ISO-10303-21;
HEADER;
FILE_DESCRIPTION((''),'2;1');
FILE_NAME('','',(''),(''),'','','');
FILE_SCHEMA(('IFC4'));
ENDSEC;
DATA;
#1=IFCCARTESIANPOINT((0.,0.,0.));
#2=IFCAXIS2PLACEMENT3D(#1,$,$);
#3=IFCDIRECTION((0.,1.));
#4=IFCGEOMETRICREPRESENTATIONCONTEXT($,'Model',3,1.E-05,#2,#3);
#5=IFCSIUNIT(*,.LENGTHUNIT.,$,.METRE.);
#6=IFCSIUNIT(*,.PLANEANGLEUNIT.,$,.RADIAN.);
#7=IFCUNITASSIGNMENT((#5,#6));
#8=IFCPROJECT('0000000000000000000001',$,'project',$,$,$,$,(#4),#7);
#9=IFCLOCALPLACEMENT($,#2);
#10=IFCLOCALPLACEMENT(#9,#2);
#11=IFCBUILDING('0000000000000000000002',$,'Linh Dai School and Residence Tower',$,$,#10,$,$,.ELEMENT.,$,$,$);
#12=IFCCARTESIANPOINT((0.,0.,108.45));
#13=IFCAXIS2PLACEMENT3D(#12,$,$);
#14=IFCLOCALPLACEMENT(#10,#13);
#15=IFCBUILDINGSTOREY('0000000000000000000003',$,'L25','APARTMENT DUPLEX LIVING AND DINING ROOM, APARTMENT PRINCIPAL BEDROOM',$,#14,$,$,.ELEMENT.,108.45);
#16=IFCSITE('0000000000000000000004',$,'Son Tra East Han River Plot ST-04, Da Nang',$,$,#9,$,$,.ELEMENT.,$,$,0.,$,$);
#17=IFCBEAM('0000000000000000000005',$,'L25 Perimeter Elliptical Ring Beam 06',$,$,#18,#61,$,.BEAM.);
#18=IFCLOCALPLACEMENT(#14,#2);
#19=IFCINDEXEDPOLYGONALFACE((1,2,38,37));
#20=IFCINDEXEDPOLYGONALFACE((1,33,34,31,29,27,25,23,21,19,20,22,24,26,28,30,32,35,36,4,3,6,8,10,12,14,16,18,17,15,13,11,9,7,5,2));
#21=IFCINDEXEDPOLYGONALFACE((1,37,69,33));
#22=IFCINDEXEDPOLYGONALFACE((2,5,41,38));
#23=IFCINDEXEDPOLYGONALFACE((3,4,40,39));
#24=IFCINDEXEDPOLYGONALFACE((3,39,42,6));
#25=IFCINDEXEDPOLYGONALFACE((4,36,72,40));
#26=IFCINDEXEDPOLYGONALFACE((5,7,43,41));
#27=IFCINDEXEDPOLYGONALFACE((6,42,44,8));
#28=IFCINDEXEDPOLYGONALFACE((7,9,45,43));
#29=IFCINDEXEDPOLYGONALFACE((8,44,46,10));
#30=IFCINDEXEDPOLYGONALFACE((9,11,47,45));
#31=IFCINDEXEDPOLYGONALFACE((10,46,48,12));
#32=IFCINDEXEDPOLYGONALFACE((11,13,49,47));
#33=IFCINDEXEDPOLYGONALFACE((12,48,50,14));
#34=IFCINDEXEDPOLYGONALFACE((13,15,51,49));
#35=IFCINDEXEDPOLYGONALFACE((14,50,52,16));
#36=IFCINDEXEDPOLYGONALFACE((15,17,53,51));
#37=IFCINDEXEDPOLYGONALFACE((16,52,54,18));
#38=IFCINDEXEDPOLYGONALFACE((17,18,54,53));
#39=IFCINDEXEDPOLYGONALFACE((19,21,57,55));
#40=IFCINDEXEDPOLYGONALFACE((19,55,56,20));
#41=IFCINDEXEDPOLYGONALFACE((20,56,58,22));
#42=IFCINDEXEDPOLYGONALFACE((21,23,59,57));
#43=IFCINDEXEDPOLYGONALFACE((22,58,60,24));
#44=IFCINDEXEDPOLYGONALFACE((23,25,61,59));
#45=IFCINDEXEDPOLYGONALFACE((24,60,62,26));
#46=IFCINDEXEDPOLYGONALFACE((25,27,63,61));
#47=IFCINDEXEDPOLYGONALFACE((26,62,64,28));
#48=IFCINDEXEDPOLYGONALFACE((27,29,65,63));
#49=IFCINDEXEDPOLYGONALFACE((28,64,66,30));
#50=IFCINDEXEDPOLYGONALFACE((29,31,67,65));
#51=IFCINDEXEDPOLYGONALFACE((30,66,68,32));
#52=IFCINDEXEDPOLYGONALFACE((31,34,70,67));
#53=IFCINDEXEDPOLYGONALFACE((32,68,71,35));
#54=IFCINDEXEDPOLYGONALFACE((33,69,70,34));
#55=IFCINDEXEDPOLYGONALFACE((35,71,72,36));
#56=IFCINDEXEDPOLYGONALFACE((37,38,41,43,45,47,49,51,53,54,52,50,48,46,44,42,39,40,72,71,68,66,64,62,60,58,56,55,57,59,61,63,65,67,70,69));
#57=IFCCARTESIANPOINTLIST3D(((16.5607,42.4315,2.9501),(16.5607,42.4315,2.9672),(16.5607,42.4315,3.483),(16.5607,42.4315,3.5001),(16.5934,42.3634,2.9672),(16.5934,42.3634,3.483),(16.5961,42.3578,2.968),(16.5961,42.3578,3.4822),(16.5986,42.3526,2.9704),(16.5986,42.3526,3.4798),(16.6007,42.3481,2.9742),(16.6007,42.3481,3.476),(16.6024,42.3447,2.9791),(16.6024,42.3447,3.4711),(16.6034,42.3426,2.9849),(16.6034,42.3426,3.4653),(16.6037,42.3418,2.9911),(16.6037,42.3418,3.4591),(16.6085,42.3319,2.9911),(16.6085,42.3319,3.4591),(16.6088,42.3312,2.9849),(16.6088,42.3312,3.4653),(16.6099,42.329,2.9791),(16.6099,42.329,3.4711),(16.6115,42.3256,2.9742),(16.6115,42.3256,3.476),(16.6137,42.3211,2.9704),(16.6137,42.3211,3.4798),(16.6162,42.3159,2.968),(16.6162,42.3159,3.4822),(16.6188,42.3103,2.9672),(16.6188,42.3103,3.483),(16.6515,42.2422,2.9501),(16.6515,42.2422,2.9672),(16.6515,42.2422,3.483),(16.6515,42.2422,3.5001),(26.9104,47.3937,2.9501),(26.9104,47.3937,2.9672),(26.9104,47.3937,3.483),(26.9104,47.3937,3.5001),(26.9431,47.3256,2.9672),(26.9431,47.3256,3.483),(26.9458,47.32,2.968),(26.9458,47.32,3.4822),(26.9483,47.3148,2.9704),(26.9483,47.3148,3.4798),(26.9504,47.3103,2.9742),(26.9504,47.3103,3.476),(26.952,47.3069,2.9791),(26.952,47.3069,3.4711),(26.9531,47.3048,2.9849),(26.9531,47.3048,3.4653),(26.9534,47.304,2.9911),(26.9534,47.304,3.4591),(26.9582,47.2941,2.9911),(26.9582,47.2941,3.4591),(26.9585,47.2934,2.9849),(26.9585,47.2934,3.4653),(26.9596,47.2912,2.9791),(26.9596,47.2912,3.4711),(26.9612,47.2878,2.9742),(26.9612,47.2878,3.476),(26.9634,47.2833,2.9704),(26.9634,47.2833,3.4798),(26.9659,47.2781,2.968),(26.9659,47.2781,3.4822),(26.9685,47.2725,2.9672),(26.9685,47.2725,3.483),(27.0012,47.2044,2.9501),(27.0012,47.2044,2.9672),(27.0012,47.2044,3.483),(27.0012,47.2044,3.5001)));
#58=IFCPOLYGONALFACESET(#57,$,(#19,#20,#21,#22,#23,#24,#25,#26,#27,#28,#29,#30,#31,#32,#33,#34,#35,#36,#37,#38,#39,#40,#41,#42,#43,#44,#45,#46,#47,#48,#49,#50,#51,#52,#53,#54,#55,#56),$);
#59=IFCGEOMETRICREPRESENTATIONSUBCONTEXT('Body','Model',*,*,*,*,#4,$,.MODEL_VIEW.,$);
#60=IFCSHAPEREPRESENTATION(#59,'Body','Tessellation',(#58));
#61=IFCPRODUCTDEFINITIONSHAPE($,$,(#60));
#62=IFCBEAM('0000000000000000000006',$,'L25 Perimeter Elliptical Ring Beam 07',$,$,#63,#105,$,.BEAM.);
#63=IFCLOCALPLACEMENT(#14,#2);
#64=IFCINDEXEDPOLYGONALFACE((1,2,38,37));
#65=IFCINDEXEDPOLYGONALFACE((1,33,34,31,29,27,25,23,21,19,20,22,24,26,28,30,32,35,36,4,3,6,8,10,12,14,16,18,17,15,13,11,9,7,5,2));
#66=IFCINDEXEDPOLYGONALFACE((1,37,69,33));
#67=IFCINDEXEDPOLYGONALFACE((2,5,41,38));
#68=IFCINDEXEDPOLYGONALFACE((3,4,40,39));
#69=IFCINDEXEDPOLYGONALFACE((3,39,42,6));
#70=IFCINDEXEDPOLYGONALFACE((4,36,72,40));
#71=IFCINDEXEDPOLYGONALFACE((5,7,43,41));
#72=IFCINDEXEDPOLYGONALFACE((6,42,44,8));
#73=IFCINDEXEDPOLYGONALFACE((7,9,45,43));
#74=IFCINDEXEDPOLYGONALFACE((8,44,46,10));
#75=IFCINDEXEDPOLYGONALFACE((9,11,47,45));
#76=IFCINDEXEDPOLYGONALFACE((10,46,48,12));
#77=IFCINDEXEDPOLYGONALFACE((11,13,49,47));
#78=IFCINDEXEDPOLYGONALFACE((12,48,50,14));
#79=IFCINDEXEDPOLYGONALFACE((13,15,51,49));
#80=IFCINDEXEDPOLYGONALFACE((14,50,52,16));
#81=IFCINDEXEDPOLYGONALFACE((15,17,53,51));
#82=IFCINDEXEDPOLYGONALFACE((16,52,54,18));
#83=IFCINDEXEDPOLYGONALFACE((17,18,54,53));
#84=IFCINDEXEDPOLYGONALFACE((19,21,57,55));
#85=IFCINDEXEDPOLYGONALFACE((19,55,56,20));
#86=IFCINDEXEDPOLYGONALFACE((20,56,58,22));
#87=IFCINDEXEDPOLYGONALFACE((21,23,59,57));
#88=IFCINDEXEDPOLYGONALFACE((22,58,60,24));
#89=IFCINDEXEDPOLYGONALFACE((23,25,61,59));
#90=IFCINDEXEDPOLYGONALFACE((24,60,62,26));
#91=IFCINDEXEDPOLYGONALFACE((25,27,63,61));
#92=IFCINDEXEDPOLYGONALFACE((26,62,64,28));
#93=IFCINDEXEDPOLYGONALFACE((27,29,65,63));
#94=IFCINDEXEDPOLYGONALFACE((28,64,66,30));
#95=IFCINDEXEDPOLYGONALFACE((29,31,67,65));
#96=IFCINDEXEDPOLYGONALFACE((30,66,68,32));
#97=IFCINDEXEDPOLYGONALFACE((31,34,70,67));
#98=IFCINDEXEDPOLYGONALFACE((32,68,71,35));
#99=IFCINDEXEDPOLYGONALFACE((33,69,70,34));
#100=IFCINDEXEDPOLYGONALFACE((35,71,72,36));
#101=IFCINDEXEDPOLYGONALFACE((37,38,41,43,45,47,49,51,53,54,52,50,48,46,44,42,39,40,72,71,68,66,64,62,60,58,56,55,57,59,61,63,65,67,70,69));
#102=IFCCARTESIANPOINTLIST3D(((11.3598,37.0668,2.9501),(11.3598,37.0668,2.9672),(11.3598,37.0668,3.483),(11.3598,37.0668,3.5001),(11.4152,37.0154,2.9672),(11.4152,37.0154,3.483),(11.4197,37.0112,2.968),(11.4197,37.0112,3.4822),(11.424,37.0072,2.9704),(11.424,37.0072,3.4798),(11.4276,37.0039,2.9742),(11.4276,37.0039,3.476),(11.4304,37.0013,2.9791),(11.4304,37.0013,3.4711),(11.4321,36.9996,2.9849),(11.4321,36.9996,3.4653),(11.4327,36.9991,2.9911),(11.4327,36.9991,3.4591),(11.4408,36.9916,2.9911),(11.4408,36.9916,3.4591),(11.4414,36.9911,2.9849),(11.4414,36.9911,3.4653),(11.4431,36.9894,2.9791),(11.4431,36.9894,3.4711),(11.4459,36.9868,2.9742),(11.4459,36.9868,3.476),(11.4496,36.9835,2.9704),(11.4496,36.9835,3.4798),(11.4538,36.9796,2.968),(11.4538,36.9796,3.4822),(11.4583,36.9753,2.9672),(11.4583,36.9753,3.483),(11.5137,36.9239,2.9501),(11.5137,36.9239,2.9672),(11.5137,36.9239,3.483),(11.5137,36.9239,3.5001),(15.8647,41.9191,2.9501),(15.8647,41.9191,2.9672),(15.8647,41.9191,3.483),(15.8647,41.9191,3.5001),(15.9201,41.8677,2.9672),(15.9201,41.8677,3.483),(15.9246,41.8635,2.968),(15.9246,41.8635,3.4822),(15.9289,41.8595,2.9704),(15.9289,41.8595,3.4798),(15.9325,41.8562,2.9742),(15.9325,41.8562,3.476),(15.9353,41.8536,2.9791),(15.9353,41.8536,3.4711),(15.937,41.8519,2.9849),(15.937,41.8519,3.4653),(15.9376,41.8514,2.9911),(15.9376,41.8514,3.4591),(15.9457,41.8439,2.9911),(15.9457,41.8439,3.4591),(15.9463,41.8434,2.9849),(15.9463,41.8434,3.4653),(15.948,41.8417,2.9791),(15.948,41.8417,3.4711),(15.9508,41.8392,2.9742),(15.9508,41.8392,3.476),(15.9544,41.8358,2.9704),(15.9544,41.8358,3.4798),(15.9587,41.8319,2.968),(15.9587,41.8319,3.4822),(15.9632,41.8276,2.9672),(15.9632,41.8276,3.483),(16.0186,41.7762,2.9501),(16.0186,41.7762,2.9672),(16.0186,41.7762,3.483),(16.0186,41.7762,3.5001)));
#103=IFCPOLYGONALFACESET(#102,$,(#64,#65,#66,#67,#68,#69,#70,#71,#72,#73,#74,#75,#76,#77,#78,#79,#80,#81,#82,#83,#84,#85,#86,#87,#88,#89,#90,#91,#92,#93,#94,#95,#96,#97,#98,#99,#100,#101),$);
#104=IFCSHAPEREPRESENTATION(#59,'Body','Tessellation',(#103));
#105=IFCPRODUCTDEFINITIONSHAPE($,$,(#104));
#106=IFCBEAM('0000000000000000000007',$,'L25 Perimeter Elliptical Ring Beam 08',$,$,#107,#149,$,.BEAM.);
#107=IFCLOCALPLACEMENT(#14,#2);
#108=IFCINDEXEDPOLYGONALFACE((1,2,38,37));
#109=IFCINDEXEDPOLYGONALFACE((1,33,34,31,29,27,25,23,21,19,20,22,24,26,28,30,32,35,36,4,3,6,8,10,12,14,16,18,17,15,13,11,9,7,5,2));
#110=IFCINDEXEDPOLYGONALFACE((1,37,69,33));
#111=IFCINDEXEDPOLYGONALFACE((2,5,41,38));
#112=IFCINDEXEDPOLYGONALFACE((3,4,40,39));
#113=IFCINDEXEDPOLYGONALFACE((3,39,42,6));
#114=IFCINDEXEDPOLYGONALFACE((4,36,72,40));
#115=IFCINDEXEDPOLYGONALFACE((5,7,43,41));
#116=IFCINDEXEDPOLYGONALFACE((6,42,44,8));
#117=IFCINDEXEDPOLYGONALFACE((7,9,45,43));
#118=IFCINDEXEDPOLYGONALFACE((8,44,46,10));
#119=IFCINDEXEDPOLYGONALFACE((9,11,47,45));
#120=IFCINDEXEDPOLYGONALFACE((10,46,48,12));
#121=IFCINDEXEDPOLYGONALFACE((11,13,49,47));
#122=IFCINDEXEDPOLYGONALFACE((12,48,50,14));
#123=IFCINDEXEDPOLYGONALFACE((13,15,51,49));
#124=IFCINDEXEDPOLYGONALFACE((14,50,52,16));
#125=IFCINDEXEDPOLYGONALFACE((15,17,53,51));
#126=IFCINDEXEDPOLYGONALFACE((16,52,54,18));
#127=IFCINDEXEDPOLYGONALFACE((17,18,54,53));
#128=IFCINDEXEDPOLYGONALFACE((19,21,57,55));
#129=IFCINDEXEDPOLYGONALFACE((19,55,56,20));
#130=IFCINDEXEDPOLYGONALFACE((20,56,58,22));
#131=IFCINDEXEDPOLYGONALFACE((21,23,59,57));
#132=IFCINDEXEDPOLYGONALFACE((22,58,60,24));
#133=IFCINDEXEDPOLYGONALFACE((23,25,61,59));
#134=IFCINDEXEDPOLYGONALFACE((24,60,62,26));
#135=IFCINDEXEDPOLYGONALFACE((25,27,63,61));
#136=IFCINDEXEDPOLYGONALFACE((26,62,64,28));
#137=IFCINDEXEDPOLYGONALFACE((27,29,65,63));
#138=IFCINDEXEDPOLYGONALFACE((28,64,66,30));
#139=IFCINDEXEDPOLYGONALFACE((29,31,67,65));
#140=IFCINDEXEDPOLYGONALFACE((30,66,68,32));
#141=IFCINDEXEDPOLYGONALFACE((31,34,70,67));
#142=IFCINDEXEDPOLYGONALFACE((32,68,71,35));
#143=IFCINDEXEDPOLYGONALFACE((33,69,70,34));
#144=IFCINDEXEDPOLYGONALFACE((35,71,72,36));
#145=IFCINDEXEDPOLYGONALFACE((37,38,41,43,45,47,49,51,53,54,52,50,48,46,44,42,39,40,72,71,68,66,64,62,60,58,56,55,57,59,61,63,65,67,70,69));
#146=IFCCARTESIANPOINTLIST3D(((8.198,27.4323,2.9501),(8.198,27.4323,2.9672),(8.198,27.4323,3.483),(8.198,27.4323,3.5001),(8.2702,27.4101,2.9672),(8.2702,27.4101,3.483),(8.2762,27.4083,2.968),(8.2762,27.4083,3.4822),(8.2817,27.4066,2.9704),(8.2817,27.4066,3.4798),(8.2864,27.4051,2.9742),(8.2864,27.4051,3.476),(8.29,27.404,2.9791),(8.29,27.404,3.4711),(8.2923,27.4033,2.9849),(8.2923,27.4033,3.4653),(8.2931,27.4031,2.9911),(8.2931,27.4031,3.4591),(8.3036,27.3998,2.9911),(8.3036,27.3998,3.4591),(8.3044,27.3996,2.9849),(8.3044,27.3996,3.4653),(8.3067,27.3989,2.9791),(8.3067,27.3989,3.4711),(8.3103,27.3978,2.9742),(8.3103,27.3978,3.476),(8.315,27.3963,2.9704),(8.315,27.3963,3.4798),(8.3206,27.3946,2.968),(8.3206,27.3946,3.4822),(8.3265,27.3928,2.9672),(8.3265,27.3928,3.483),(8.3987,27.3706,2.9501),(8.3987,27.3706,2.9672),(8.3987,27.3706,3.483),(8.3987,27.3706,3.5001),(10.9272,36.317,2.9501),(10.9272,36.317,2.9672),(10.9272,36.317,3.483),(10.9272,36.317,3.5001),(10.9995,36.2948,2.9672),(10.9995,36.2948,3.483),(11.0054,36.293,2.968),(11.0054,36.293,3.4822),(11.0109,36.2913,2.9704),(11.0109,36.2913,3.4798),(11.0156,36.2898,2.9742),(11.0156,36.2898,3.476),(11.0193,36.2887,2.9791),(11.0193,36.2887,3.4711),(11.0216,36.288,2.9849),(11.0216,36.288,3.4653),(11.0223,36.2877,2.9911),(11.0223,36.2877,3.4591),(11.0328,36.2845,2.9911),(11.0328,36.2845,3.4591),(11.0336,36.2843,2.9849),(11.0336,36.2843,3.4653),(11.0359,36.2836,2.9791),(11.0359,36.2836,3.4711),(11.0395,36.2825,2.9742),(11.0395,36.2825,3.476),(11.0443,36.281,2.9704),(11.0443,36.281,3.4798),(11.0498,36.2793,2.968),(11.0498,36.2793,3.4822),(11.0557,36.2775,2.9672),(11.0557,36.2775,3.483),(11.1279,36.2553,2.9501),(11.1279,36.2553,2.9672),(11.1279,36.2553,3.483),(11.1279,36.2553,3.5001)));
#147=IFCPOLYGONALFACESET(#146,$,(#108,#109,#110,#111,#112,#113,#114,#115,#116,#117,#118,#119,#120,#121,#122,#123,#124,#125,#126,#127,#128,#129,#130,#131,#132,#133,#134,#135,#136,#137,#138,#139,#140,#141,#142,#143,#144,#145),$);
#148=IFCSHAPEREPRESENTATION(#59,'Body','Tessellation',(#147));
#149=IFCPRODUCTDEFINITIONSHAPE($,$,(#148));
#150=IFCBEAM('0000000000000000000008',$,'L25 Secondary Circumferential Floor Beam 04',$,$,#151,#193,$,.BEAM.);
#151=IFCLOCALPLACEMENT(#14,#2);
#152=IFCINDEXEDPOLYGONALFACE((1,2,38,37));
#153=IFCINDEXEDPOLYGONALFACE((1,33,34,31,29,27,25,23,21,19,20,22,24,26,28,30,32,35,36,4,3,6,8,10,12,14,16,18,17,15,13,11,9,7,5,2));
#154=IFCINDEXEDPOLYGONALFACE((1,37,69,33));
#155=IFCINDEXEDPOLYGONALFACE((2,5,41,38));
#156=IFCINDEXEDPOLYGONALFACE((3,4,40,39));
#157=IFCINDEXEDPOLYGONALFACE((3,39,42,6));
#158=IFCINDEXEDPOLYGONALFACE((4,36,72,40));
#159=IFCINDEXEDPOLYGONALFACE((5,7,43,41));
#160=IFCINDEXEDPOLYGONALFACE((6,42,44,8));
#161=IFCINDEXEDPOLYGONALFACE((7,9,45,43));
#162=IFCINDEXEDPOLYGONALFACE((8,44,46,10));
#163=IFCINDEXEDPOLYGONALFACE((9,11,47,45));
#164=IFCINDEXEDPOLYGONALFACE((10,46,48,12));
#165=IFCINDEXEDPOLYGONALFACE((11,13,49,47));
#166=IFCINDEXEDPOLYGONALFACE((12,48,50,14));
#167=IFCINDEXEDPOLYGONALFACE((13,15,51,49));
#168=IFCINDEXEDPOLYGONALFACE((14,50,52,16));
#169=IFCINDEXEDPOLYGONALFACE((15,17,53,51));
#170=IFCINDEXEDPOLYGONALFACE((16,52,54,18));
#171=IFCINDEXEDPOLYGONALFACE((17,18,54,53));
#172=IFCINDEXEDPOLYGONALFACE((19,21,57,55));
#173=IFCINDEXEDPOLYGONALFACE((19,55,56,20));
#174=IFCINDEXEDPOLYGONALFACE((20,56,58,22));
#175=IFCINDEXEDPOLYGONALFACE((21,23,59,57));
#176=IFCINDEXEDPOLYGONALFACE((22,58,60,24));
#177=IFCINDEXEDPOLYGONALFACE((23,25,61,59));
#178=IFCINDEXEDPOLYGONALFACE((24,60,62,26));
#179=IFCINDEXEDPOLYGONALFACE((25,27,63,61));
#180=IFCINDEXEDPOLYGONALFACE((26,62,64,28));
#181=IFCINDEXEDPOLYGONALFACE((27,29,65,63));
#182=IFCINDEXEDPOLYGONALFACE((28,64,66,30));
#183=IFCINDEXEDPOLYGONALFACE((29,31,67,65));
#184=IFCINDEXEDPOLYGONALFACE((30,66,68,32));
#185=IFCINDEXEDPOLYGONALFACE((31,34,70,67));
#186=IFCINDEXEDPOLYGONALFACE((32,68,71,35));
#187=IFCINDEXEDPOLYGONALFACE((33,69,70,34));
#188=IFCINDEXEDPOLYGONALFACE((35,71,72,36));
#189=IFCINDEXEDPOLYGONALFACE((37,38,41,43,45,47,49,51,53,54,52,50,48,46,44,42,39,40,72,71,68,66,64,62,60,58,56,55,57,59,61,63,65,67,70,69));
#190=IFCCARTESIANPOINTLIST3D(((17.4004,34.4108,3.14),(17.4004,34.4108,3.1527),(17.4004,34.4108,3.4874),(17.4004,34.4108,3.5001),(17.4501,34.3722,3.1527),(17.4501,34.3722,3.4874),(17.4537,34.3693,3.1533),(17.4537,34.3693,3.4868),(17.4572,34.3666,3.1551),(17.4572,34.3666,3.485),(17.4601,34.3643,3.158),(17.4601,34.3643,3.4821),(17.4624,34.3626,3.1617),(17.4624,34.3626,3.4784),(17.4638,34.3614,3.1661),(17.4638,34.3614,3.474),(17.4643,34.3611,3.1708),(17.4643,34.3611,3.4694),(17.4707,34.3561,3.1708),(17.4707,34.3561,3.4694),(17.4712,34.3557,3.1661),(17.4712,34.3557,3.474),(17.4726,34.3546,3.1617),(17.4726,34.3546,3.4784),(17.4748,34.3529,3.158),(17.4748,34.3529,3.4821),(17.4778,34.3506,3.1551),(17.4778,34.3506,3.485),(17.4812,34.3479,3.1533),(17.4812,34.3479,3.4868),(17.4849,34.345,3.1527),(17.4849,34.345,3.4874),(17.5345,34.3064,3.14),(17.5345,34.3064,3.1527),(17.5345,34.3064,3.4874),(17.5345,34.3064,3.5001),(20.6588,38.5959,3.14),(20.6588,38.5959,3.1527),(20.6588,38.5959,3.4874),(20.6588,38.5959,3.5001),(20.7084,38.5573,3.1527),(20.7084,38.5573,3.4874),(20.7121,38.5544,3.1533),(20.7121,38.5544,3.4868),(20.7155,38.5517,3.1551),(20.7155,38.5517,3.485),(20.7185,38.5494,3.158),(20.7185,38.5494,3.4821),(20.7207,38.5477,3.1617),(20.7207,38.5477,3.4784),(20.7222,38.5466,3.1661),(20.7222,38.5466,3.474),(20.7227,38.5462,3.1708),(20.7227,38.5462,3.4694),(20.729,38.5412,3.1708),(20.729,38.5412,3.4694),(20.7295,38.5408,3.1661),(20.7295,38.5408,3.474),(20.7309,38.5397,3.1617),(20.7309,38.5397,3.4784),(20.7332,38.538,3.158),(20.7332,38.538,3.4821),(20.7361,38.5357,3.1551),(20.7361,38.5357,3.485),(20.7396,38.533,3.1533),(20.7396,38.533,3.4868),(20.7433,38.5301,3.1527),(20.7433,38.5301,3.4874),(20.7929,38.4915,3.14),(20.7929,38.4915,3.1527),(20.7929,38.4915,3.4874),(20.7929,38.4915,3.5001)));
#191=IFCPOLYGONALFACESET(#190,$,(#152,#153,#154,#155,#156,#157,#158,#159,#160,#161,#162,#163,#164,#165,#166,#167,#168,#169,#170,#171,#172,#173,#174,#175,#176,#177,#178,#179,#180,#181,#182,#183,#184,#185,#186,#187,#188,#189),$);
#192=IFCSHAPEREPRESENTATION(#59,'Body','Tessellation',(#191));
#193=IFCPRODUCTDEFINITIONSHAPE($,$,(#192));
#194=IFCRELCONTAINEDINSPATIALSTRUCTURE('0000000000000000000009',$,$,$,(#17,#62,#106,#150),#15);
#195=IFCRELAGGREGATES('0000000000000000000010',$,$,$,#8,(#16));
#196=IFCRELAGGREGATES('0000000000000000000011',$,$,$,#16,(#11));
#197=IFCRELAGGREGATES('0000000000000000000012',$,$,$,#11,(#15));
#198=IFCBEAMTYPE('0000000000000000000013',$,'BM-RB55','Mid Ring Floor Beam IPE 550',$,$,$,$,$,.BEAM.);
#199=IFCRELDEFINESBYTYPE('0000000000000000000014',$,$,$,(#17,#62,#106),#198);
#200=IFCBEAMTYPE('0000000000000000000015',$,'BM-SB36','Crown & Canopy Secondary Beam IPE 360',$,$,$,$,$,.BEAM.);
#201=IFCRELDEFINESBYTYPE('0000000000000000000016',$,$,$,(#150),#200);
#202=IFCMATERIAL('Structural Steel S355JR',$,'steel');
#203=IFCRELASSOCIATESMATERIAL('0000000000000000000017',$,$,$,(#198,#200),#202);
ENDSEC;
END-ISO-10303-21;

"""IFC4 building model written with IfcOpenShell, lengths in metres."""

from ifc_helpers import new_model, si_unit, direction, frame, origin, origin_2d, place, context, subcontext, project, spatial, i_section, extrude, material, material_profile, profile_set, type_object, element, save


model = new_model("IFC4")

# Units and contexts
model_context = context("Model", 3, precision=1e-05, world=origin(), true_north=direction((0.0, 1.0)))
body_context = subcontext(model_context, "Body", "Model", "MODEL_VIEW")
ifc_project = project(units=[si_unit("LENGTHUNIT", "METRE"), si_unit("PLANEANGLEUNIT", "RADIAN")], contexts=[model_context])

# Site, building, storey
site_placement = place(None, origin())
site = spatial("IfcSite", under=ifc_project, at=site_placement, Name="Son Tra East Han River Plot ST-04, Da Nang", CompositionType="ELEMENT", RefElevation=0.0)
building_placement = place(site_placement, origin())
building = spatial("IfcBuilding", under=site, at=building_placement, Name="Linh Dai School and Residence Tower", CompositionType="ELEMENT")
storey_placement = place(building_placement, frame((0.0, 0.0, 108.45)))
storey = spatial("IfcBuildingStorey", under=building, at=storey_placement, Name="L25", Description="APARTMENT DUPLEX LIVING AND DINING ROOM, APARTMENT PRINCIPAL BEDROOM", CompositionType="ELEMENT", Elevation=108.45)

# Shared definitions
ifc_material_1 = material(Name="Structural Steel S355JR", Category="steel")

# Beams
ifc_material_profile_1 = material_profile(ifc_material_1, i_section(OverallWidth=0.21, OverallDepth=0.55, WebThickness=0.011, FlangeThickness=0.0171, FilletRadius=0.0239, at=origin_2d()), Name="IPE 550")
ifc_profile_set_1 = profile_set([ifc_material_profile_1], Name="Structural Steel S355JR")
beam_type_1 = type_object("IfcBeamType", Name="BM-RB55", Description="Mid Ring Floor Beam IPE 550", PredefinedType="BEAM", material=ifc_profile_set_1)
beam_1_placement = place(storey_placement, frame((26.9558, 47.2991, 3.2251), z_axis=(-0.901715, -0.432331, 0.0), x_axis=(0.432331, -0.901715, 0.0)))
element("IfcBeam", 1, at=beam_1_placement, inside=storey, type_object=beam_type_1, Name="L25 Perimeter Elliptical Ring Beam 06", PredefinedType="BEAM", context=body_context, shape_type="SweptSolid", body=[
    extrude(i_section(OverallWidth=0.21, OverallDepth=0.55, WebThickness=0.011, FlangeThickness=0.0171, FilletRadius=0.0239, at=origin_2d()), origin(), (0.0, 0.0, 1.0), 11.4778),
])
beam_2_placement = place(storey_placement, frame((15.9417, 41.8477, 3.2251), z_axis=(-0.680385, -0.732855, 0.0), x_axis=(0.732855, -0.680385, 0.0)))
element("IfcBeam", 2, at=beam_2_placement, inside=storey, type_object=beam_type_1, Name="L25 Perimeter Elliptical Ring Beam 07", PredefinedType="BEAM", context=body_context, shape_type="SweptSolid", body=[
    extrude(i_section(OverallWidth=0.21, OverallDepth=0.55, WebThickness=0.011, FlangeThickness=0.0171, FilletRadius=0.0239, at=origin_2d()), origin(), (0.0, 0.0, 1.0), 6.6211),
])
beam_3_placement = place(storey_placement, frame((11.0276, 36.2861, 3.2251), z_axis=(-0.293641, -0.955916, 0.0), x_axis=(0.955916, -0.293641, 0.0)))
element("IfcBeam", 3, at=beam_3_placement, inside=storey, type_object=beam_type_1, Name="L25 Perimeter Elliptical Ring Beam 08", PredefinedType="BEAM", context=body_context, shape_type="SweptSolid", body=[
    extrude(i_section(OverallWidth=0.21, OverallDepth=0.55, WebThickness=0.011, FlangeThickness=0.0171, FilletRadius=0.0239, at=origin_2d()), origin(), (0.0, 0.0, 1.0), 9.2944),
])
ifc_material_profile_2 = material_profile(ifc_material_1, i_section(OverallWidth=0.1699, OverallDepth=0.3601, WebThickness=0.0081, FlangeThickness=0.0127, FilletRadius=0.0181, at=origin_2d()), Name="IPE 360")
ifc_profile_set_2 = profile_set([ifc_material_profile_2], Name="Structural Steel S355JR")
beam_type_2 = type_object("IfcBeamType", Name="BM-SB36", Description="Crown & Canopy Secondary Beam IPE 360", PredefinedType="BEAM", material=ifc_profile_set_2)
beam_4_placement = place(storey_placement, frame((20.7258, 38.5437, 3.3201), z_axis=(-0.614323, -0.789055, 0.0), x_axis=(0.789055, -0.614323, 0.0)))
element("IfcBeam", 4, at=beam_4_placement, inside=storey, type_object=beam_type_2, Name="L25 Secondary Circumferential Floor Beam 04", PredefinedType="BEAM", context=body_context, shape_type="SweptSolid", body=[
    extrude(i_section(OverallWidth=0.1699, OverallDepth=0.3601, WebThickness=0.0081, FlangeThickness=0.0127, FilletRadius=0.0181, at=origin_2d()), origin(), (0.0, 0.0, 1.0), 5.304),
])

save(model, "model.ifc")
